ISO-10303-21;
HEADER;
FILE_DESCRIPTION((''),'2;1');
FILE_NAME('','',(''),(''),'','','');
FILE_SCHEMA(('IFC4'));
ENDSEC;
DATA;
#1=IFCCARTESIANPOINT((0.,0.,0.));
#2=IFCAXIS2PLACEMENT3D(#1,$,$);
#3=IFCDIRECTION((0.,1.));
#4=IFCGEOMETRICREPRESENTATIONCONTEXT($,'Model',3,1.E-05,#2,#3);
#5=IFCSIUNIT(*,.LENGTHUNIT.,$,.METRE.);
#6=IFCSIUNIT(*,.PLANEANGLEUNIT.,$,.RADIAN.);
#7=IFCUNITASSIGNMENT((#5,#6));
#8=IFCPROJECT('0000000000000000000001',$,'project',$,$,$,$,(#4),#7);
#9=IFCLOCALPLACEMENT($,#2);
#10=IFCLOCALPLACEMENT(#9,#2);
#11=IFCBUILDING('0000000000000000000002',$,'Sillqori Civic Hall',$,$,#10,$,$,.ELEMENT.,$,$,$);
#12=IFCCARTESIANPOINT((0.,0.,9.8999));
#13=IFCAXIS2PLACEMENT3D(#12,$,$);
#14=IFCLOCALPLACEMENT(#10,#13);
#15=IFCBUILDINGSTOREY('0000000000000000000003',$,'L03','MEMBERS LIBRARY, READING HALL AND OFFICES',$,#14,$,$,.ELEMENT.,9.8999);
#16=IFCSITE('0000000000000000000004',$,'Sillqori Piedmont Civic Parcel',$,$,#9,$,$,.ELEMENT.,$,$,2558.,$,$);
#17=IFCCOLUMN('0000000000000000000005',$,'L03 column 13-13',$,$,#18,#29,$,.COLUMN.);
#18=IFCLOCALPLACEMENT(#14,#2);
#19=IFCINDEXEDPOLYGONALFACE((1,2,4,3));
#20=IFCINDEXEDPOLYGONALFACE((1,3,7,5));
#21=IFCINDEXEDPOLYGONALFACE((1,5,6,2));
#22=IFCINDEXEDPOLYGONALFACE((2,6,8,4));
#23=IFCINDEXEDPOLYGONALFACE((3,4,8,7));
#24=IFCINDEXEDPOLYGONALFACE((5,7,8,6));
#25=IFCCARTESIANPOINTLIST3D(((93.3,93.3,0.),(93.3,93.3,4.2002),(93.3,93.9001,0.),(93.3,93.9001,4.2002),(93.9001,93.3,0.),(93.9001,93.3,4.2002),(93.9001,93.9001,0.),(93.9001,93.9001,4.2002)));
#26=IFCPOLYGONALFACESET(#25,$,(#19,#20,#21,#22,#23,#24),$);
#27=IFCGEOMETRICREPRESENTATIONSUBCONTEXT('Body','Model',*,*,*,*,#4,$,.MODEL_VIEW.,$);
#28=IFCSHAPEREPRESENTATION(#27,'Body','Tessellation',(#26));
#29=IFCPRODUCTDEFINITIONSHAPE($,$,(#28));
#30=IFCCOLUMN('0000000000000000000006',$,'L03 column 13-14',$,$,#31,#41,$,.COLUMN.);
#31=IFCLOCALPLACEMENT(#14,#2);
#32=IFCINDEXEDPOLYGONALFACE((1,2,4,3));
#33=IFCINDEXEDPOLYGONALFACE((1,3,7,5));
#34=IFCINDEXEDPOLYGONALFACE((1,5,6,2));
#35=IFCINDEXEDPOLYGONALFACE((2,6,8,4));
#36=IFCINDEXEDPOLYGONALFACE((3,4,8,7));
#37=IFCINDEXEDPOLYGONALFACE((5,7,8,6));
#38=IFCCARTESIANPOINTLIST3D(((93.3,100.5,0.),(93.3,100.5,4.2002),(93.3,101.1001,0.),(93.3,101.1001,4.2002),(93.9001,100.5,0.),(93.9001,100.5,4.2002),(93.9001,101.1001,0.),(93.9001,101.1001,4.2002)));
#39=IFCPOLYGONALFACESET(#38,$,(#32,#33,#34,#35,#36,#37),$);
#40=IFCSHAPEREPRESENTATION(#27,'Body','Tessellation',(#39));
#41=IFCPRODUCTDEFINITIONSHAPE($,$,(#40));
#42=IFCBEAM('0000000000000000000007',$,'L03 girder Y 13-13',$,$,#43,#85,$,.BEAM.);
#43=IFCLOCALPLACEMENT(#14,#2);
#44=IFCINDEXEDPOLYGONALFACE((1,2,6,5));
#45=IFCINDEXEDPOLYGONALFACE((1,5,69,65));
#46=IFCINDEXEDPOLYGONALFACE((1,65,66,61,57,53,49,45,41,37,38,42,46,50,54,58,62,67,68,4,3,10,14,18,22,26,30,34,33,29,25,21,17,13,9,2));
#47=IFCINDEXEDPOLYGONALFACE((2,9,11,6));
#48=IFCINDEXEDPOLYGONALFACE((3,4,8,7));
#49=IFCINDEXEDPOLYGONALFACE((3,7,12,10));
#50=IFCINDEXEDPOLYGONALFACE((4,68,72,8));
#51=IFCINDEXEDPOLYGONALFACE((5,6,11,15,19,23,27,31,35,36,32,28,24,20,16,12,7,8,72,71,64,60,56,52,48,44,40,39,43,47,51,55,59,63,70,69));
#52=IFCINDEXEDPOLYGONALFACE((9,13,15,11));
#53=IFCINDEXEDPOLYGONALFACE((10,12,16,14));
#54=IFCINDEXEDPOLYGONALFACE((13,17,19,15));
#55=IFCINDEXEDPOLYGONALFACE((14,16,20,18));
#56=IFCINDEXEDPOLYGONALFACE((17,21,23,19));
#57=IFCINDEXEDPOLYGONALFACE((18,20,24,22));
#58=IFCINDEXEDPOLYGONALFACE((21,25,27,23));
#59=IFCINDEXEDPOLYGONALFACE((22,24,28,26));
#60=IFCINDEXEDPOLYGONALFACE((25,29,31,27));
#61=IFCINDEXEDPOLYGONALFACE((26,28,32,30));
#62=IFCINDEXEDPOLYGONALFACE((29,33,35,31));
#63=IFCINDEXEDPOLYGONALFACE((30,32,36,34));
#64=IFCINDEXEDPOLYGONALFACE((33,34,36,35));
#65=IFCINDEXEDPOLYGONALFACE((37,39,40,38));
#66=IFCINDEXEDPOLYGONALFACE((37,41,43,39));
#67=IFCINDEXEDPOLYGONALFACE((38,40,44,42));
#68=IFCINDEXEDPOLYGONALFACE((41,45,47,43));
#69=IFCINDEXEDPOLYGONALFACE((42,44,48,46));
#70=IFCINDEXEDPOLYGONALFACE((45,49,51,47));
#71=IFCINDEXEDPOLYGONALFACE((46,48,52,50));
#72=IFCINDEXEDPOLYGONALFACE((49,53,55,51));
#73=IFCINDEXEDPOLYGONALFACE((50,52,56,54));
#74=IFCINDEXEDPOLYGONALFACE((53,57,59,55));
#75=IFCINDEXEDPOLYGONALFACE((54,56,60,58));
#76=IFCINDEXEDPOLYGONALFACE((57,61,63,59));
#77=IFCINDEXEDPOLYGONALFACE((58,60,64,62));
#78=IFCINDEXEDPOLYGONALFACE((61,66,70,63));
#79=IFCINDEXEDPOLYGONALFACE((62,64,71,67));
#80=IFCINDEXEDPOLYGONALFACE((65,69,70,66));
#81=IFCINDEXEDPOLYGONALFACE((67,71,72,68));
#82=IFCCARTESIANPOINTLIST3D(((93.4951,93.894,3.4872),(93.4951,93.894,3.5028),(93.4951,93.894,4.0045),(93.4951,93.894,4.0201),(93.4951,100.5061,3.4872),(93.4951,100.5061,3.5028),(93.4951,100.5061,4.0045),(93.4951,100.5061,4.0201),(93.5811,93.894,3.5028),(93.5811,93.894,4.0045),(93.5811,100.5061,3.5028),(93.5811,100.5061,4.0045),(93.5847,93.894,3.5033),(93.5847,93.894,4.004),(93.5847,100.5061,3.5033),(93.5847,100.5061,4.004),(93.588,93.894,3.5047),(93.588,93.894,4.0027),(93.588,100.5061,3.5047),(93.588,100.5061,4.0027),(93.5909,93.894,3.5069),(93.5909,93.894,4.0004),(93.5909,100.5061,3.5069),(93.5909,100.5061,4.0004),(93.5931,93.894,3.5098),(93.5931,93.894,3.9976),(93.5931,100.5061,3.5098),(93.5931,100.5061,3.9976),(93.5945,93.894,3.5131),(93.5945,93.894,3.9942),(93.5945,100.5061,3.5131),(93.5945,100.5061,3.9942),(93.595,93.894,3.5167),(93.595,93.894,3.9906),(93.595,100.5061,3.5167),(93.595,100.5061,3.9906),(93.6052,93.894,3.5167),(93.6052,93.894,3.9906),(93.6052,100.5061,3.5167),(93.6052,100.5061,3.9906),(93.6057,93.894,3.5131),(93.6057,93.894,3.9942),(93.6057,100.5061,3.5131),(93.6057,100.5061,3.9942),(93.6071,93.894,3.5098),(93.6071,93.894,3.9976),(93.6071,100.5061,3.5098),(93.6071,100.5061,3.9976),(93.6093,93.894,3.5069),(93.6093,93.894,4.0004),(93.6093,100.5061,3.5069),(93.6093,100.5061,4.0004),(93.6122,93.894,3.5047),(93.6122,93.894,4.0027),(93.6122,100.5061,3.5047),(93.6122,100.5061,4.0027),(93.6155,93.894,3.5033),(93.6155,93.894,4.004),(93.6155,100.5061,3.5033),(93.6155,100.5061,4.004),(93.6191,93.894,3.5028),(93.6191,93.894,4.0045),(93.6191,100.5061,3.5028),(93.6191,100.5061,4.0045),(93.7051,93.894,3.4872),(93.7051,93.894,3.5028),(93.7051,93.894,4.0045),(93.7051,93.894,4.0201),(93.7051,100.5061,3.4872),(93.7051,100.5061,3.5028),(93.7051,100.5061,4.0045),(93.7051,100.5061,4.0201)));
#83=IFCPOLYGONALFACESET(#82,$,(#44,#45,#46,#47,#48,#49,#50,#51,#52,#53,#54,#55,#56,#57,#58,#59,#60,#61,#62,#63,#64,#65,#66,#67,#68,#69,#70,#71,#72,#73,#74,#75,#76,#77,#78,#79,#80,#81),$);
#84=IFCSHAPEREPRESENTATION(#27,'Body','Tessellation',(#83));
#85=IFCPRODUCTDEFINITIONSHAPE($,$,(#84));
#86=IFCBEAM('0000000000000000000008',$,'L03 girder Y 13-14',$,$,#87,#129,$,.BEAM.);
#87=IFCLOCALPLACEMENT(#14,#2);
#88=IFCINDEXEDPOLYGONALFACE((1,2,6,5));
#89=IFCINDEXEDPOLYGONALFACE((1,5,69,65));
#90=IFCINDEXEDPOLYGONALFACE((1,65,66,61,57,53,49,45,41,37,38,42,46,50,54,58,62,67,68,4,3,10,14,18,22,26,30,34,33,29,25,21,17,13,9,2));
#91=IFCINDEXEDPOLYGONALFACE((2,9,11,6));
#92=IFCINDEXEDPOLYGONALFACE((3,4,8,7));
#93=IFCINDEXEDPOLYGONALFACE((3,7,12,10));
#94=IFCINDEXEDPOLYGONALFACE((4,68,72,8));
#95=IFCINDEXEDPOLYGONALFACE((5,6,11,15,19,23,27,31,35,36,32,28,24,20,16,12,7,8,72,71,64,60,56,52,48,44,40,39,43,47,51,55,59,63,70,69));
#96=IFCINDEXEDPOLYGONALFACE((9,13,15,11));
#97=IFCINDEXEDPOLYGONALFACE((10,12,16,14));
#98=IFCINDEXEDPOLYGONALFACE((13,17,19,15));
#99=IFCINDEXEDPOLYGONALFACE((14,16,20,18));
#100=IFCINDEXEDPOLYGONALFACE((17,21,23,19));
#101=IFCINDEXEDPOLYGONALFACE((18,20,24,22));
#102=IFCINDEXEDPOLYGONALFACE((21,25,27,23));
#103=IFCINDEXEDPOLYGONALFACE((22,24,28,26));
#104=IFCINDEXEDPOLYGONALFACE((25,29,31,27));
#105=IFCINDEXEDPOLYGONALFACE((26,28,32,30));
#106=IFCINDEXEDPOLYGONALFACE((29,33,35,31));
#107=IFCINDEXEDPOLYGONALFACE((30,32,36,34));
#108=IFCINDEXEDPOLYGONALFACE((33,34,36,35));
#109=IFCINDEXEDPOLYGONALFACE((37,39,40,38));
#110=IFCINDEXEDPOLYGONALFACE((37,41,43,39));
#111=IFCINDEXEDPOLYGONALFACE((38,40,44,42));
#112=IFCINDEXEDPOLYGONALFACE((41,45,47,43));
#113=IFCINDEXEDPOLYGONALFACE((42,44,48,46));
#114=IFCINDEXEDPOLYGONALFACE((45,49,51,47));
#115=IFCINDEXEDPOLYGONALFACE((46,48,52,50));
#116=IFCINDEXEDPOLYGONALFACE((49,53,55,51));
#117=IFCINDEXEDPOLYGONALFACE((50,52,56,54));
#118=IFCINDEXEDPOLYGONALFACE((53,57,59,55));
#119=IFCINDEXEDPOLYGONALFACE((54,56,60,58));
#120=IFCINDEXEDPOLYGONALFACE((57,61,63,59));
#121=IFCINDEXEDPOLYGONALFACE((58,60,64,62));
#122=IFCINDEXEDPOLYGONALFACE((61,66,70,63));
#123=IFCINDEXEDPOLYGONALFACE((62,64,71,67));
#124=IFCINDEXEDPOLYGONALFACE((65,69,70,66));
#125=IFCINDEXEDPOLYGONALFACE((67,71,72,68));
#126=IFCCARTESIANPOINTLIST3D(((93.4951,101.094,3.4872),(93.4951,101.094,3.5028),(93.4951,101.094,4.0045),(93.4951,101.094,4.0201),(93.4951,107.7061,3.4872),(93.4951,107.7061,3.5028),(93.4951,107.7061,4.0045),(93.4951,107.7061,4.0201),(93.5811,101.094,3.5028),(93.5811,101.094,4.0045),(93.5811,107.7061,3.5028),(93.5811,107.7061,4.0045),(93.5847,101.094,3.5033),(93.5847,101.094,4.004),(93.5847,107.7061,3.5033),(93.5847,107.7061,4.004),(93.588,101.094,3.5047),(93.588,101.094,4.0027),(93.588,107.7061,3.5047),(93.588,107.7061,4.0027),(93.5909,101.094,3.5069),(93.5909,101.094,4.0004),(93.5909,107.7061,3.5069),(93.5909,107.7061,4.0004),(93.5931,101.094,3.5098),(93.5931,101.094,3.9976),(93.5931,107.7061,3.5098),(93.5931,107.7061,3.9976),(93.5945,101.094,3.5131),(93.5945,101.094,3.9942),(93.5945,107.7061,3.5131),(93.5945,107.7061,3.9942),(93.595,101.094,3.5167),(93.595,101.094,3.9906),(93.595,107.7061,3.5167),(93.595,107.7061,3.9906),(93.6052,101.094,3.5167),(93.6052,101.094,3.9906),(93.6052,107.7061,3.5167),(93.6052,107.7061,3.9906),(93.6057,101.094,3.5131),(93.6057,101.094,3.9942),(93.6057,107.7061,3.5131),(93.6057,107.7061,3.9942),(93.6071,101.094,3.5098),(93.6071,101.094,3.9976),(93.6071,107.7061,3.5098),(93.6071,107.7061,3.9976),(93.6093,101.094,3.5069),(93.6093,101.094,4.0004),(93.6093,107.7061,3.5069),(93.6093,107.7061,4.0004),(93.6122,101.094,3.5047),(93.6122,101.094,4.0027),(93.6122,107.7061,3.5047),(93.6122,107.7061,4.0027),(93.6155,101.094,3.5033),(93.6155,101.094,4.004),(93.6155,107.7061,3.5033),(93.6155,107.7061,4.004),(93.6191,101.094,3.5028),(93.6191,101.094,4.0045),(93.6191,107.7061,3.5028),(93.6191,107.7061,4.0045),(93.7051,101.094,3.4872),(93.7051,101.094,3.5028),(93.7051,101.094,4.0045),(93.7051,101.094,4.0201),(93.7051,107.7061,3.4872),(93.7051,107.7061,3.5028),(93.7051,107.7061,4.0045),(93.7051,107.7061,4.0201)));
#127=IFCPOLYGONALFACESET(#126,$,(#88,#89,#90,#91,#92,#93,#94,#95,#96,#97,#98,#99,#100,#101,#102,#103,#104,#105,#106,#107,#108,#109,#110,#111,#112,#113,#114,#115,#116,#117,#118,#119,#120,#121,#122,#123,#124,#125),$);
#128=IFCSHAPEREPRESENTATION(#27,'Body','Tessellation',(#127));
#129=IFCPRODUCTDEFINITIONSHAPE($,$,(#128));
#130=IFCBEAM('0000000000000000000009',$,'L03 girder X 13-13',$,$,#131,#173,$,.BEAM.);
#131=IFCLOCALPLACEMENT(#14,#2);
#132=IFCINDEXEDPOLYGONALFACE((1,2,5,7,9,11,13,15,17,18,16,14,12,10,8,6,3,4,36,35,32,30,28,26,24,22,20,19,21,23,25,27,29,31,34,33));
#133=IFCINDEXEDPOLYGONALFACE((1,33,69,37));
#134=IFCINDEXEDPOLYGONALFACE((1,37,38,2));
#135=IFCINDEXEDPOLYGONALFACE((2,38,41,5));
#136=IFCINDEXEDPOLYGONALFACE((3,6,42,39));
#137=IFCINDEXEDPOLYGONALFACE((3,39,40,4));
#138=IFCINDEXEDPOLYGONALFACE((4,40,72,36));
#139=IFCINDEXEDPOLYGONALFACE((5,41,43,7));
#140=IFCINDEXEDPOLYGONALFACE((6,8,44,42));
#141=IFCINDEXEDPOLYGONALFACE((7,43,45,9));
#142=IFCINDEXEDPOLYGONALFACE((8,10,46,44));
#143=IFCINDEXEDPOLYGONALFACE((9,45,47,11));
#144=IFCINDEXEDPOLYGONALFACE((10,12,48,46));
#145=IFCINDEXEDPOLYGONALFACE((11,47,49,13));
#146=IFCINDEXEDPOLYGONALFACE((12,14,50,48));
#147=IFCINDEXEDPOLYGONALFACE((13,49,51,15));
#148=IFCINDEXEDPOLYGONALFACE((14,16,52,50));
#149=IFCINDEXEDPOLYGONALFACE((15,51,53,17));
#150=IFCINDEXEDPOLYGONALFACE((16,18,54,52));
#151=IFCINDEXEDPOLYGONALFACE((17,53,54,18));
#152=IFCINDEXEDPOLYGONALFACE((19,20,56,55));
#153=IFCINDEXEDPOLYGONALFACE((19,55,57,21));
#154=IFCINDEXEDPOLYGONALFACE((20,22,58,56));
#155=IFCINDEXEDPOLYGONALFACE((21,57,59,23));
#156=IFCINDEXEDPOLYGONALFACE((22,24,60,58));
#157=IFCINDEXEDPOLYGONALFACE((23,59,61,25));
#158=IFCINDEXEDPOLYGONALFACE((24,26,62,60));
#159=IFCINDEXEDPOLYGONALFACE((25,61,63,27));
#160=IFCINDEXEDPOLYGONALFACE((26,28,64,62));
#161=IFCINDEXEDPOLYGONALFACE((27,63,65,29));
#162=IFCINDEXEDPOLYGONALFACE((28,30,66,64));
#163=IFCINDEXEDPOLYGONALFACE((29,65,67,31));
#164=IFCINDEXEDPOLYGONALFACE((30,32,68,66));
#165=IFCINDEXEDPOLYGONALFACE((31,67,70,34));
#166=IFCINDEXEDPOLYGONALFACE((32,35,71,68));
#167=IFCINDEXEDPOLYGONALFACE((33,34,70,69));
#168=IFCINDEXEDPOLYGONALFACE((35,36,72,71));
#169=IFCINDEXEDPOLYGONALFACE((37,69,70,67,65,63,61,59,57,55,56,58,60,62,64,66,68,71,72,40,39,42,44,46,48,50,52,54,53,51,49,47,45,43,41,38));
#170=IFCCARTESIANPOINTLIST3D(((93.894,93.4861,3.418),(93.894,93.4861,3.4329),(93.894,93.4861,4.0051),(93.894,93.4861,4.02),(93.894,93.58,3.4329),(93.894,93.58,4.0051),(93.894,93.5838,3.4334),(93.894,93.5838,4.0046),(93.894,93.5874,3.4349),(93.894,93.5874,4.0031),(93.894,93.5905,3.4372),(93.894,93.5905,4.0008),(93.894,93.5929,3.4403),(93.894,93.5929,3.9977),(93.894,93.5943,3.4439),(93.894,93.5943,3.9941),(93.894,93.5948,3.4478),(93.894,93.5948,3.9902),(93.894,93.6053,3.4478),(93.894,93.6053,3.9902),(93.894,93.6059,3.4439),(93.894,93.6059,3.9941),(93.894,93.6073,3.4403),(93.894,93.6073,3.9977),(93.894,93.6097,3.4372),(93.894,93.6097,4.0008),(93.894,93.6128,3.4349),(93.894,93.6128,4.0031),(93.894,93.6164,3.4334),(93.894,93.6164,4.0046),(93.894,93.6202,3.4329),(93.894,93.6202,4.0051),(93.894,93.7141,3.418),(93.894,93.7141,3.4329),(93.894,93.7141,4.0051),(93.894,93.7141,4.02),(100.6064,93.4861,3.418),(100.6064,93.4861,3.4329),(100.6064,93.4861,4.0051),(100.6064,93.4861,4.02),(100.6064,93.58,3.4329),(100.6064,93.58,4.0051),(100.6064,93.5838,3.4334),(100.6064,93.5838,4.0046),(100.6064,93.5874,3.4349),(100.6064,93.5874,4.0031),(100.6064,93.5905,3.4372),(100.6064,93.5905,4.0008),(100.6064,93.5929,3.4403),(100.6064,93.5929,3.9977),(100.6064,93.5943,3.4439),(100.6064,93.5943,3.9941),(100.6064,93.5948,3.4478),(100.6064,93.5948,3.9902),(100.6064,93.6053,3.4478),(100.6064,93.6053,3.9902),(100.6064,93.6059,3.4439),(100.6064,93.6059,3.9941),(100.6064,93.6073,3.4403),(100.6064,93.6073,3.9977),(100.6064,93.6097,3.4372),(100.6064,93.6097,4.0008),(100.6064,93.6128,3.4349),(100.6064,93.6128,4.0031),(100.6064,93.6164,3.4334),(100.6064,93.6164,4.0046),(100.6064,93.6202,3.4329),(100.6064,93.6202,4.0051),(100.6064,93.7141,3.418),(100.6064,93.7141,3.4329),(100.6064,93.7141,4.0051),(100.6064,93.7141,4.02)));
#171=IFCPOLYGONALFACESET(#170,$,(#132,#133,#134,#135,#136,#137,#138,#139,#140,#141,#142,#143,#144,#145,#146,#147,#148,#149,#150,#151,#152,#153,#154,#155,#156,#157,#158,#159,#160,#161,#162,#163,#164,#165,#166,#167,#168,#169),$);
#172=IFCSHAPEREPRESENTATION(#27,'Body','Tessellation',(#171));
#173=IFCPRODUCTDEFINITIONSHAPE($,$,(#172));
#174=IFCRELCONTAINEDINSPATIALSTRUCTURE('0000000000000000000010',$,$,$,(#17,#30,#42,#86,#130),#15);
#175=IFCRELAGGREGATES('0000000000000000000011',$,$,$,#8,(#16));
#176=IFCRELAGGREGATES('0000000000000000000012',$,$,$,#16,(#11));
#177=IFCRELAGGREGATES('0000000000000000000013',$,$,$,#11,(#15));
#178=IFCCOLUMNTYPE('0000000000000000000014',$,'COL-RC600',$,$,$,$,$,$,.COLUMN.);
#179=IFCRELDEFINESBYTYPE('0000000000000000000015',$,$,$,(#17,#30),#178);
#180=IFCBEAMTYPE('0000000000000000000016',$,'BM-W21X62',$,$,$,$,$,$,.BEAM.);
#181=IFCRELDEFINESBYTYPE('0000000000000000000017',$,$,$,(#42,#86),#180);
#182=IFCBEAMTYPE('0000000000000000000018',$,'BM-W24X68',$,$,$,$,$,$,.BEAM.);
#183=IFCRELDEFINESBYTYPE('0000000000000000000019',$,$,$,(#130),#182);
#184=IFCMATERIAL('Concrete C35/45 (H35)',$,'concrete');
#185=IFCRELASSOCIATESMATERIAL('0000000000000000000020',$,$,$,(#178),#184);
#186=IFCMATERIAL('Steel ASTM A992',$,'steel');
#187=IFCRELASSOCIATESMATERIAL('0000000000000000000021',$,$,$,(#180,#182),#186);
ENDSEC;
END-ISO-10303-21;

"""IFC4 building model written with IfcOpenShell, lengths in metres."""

from ifc_helpers import new_model, si_unit, direction, frame, origin, origin_2d, place, context, subcontext, project, spatial, rectangle, i_section, extrude, material, material_profile, profile_set, type_object, element, save


model = new_model("IFC4")

# Units and contexts
model_context = context("Model", 3, precision=1e-05, world=origin(), true_north=direction((0.0, 1.0)))
body_context = subcontext(model_context, "Body", "Model", "MODEL_VIEW")
ifc_project = project(units=[si_unit("LENGTHUNIT", "METRE"), si_unit("PLANEANGLEUNIT", "RADIAN")], contexts=[model_context])

# Site, building, storey
site_placement = place(None, origin())
site = spatial("IfcSite", under=ifc_project, at=site_placement, Name="Sillqori Piedmont Civic Parcel", CompositionType="ELEMENT", RefElevation=2558.0)
building_placement = place(site_placement, origin())
building = spatial("IfcBuilding", under=site, at=building_placement, Name="Sillqori Civic Hall", CompositionType="ELEMENT")
storey_placement = place(building_placement, frame((0.0, 0.0, 9.8999)))
storey = spatial("IfcBuildingStorey", under=building, at=storey_placement, Name="L03", Description="MEMBERS LIBRARY, READING HALL AND OFFICES", CompositionType="ELEMENT", Elevation=9.8999)

# Columns
ifc_material_1 = material(Name="Concrete C35/45 (H35)", Category="concrete")
ifc_material_profile_1 = material_profile(ifc_material_1, rectangle(XDim=0.6001, YDim=0.6001, at=origin_2d()), Name="RC 600x600")
ifc_profile_set_1 = profile_set([ifc_material_profile_1], Name="Concrete C35/45 (H35)")
column_type = type_object("IfcColumnType", Name="COL-RC600", PredefinedType="COLUMN", material=ifc_profile_set_1)
for number, where, z_axis, x_axis, name in (
    (1, (93.6001, 93.6001, 0.0), (0.0, 0.0, 1.0), (1.0, 0.0, 0.0), "L03 column 13-13"),
    (2, (93.6001, 100.8, 0.0), (0.0, 0.0, 1.0), (1.0, 0.0, 0.0), "L03 column 13-14"),
):
    element("IfcColumn", number, at=place(storey_placement, frame(where, z_axis=z_axis, x_axis=x_axis)), inside=storey, type_object=column_type, Name=name, PredefinedType="COLUMN", context=body_context, shape_type="SweptSolid", body=[
        extrude(rectangle(XDim=0.6001, YDim=0.6001, at=origin_2d()), origin(), (0.0, 0.0, 1.0), 4.2002),
    ])

# Beams
ifc_material_2 = material(Name="Steel ASTM A992", Category="steel")
ifc_material_profile_2 = material_profile(ifc_material_2, i_section(OverallWidth=0.21, OverallDepth=0.533, WebThickness=0.0103, FlangeThickness=0.0156, FilletRadius=0.0139, at=origin_2d()), Name="W21X62")
ifc_profile_set_2 = profile_set([ifc_material_profile_2], Name="Steel ASTM A992")
beam_type_1 = type_object("IfcBeamType", Name="BM-W21X62", PredefinedType="BEAM", material=ifc_profile_set_2)
for number, where, z_axis, x_axis, name in (
    (3, (93.6001, 93.894, 3.7537), (0.0, 1.0, 0.0), (-1.0, 0.0, 0.0), "L03 girder Y 13-13"),
    (4, (93.6001, 101.094, 3.7537), (0.0, 1.0, 0.0), (-1.0, 0.0, 0.0), "L03 girder Y 13-14"),
):
    element("IfcBeam", number, at=place(storey_placement, frame(where, z_axis=z_axis, x_axis=x_axis)), inside=storey, type_object=beam_type_1, Name=name, PredefinedType="BEAM", context=body_context, shape_type="SweptSolid", body=[
        extrude(i_section(OverallWidth=0.21, OverallDepth=0.533, WebThickness=0.0103, FlangeThickness=0.0156, FilletRadius=0.0139, at=origin_2d()), origin(), (0.0, 0.0, 1.0), 6.6121),
    ])
ifc_material_profile_3 = material_profile(ifc_material_2, i_section(OverallWidth=0.228, OverallDepth=0.6021, WebThickness=0.0105, FlangeThickness=0.0149, FilletRadius=0.0149, at=origin_2d()), Name="W24X68")
ifc_profile_set_3 = profile_set([ifc_material_profile_3], Name="Steel ASTM A992")
beam_type_2 = type_object("IfcBeamType", Name="BM-W24X68", PredefinedType="BEAM", material=ifc_profile_set_3)
for number, where, z_axis, x_axis, name in (
    (5, (93.894, 93.6001, 3.719), (1.0, 0.0, 0.0), (0.0, 1.0, 0.0), "L03 girder X 13-13"),
):
    element("IfcBeam", number, at=place(storey_placement, frame(where, z_axis=z_axis, x_axis=x_axis)), inside=storey, type_object=beam_type_2, Name=name, PredefinedType="BEAM", context=body_context, shape_type="SweptSolid", body=[
        extrude(i_section(OverallWidth=0.228, OverallDepth=0.6021, WebThickness=0.0105, FlangeThickness=0.0149, FilletRadius=0.0149, at=origin_2d()), origin(), (0.0, 0.0, 1.0), 6.7124),
    ])

save(model, "model.ifc")
